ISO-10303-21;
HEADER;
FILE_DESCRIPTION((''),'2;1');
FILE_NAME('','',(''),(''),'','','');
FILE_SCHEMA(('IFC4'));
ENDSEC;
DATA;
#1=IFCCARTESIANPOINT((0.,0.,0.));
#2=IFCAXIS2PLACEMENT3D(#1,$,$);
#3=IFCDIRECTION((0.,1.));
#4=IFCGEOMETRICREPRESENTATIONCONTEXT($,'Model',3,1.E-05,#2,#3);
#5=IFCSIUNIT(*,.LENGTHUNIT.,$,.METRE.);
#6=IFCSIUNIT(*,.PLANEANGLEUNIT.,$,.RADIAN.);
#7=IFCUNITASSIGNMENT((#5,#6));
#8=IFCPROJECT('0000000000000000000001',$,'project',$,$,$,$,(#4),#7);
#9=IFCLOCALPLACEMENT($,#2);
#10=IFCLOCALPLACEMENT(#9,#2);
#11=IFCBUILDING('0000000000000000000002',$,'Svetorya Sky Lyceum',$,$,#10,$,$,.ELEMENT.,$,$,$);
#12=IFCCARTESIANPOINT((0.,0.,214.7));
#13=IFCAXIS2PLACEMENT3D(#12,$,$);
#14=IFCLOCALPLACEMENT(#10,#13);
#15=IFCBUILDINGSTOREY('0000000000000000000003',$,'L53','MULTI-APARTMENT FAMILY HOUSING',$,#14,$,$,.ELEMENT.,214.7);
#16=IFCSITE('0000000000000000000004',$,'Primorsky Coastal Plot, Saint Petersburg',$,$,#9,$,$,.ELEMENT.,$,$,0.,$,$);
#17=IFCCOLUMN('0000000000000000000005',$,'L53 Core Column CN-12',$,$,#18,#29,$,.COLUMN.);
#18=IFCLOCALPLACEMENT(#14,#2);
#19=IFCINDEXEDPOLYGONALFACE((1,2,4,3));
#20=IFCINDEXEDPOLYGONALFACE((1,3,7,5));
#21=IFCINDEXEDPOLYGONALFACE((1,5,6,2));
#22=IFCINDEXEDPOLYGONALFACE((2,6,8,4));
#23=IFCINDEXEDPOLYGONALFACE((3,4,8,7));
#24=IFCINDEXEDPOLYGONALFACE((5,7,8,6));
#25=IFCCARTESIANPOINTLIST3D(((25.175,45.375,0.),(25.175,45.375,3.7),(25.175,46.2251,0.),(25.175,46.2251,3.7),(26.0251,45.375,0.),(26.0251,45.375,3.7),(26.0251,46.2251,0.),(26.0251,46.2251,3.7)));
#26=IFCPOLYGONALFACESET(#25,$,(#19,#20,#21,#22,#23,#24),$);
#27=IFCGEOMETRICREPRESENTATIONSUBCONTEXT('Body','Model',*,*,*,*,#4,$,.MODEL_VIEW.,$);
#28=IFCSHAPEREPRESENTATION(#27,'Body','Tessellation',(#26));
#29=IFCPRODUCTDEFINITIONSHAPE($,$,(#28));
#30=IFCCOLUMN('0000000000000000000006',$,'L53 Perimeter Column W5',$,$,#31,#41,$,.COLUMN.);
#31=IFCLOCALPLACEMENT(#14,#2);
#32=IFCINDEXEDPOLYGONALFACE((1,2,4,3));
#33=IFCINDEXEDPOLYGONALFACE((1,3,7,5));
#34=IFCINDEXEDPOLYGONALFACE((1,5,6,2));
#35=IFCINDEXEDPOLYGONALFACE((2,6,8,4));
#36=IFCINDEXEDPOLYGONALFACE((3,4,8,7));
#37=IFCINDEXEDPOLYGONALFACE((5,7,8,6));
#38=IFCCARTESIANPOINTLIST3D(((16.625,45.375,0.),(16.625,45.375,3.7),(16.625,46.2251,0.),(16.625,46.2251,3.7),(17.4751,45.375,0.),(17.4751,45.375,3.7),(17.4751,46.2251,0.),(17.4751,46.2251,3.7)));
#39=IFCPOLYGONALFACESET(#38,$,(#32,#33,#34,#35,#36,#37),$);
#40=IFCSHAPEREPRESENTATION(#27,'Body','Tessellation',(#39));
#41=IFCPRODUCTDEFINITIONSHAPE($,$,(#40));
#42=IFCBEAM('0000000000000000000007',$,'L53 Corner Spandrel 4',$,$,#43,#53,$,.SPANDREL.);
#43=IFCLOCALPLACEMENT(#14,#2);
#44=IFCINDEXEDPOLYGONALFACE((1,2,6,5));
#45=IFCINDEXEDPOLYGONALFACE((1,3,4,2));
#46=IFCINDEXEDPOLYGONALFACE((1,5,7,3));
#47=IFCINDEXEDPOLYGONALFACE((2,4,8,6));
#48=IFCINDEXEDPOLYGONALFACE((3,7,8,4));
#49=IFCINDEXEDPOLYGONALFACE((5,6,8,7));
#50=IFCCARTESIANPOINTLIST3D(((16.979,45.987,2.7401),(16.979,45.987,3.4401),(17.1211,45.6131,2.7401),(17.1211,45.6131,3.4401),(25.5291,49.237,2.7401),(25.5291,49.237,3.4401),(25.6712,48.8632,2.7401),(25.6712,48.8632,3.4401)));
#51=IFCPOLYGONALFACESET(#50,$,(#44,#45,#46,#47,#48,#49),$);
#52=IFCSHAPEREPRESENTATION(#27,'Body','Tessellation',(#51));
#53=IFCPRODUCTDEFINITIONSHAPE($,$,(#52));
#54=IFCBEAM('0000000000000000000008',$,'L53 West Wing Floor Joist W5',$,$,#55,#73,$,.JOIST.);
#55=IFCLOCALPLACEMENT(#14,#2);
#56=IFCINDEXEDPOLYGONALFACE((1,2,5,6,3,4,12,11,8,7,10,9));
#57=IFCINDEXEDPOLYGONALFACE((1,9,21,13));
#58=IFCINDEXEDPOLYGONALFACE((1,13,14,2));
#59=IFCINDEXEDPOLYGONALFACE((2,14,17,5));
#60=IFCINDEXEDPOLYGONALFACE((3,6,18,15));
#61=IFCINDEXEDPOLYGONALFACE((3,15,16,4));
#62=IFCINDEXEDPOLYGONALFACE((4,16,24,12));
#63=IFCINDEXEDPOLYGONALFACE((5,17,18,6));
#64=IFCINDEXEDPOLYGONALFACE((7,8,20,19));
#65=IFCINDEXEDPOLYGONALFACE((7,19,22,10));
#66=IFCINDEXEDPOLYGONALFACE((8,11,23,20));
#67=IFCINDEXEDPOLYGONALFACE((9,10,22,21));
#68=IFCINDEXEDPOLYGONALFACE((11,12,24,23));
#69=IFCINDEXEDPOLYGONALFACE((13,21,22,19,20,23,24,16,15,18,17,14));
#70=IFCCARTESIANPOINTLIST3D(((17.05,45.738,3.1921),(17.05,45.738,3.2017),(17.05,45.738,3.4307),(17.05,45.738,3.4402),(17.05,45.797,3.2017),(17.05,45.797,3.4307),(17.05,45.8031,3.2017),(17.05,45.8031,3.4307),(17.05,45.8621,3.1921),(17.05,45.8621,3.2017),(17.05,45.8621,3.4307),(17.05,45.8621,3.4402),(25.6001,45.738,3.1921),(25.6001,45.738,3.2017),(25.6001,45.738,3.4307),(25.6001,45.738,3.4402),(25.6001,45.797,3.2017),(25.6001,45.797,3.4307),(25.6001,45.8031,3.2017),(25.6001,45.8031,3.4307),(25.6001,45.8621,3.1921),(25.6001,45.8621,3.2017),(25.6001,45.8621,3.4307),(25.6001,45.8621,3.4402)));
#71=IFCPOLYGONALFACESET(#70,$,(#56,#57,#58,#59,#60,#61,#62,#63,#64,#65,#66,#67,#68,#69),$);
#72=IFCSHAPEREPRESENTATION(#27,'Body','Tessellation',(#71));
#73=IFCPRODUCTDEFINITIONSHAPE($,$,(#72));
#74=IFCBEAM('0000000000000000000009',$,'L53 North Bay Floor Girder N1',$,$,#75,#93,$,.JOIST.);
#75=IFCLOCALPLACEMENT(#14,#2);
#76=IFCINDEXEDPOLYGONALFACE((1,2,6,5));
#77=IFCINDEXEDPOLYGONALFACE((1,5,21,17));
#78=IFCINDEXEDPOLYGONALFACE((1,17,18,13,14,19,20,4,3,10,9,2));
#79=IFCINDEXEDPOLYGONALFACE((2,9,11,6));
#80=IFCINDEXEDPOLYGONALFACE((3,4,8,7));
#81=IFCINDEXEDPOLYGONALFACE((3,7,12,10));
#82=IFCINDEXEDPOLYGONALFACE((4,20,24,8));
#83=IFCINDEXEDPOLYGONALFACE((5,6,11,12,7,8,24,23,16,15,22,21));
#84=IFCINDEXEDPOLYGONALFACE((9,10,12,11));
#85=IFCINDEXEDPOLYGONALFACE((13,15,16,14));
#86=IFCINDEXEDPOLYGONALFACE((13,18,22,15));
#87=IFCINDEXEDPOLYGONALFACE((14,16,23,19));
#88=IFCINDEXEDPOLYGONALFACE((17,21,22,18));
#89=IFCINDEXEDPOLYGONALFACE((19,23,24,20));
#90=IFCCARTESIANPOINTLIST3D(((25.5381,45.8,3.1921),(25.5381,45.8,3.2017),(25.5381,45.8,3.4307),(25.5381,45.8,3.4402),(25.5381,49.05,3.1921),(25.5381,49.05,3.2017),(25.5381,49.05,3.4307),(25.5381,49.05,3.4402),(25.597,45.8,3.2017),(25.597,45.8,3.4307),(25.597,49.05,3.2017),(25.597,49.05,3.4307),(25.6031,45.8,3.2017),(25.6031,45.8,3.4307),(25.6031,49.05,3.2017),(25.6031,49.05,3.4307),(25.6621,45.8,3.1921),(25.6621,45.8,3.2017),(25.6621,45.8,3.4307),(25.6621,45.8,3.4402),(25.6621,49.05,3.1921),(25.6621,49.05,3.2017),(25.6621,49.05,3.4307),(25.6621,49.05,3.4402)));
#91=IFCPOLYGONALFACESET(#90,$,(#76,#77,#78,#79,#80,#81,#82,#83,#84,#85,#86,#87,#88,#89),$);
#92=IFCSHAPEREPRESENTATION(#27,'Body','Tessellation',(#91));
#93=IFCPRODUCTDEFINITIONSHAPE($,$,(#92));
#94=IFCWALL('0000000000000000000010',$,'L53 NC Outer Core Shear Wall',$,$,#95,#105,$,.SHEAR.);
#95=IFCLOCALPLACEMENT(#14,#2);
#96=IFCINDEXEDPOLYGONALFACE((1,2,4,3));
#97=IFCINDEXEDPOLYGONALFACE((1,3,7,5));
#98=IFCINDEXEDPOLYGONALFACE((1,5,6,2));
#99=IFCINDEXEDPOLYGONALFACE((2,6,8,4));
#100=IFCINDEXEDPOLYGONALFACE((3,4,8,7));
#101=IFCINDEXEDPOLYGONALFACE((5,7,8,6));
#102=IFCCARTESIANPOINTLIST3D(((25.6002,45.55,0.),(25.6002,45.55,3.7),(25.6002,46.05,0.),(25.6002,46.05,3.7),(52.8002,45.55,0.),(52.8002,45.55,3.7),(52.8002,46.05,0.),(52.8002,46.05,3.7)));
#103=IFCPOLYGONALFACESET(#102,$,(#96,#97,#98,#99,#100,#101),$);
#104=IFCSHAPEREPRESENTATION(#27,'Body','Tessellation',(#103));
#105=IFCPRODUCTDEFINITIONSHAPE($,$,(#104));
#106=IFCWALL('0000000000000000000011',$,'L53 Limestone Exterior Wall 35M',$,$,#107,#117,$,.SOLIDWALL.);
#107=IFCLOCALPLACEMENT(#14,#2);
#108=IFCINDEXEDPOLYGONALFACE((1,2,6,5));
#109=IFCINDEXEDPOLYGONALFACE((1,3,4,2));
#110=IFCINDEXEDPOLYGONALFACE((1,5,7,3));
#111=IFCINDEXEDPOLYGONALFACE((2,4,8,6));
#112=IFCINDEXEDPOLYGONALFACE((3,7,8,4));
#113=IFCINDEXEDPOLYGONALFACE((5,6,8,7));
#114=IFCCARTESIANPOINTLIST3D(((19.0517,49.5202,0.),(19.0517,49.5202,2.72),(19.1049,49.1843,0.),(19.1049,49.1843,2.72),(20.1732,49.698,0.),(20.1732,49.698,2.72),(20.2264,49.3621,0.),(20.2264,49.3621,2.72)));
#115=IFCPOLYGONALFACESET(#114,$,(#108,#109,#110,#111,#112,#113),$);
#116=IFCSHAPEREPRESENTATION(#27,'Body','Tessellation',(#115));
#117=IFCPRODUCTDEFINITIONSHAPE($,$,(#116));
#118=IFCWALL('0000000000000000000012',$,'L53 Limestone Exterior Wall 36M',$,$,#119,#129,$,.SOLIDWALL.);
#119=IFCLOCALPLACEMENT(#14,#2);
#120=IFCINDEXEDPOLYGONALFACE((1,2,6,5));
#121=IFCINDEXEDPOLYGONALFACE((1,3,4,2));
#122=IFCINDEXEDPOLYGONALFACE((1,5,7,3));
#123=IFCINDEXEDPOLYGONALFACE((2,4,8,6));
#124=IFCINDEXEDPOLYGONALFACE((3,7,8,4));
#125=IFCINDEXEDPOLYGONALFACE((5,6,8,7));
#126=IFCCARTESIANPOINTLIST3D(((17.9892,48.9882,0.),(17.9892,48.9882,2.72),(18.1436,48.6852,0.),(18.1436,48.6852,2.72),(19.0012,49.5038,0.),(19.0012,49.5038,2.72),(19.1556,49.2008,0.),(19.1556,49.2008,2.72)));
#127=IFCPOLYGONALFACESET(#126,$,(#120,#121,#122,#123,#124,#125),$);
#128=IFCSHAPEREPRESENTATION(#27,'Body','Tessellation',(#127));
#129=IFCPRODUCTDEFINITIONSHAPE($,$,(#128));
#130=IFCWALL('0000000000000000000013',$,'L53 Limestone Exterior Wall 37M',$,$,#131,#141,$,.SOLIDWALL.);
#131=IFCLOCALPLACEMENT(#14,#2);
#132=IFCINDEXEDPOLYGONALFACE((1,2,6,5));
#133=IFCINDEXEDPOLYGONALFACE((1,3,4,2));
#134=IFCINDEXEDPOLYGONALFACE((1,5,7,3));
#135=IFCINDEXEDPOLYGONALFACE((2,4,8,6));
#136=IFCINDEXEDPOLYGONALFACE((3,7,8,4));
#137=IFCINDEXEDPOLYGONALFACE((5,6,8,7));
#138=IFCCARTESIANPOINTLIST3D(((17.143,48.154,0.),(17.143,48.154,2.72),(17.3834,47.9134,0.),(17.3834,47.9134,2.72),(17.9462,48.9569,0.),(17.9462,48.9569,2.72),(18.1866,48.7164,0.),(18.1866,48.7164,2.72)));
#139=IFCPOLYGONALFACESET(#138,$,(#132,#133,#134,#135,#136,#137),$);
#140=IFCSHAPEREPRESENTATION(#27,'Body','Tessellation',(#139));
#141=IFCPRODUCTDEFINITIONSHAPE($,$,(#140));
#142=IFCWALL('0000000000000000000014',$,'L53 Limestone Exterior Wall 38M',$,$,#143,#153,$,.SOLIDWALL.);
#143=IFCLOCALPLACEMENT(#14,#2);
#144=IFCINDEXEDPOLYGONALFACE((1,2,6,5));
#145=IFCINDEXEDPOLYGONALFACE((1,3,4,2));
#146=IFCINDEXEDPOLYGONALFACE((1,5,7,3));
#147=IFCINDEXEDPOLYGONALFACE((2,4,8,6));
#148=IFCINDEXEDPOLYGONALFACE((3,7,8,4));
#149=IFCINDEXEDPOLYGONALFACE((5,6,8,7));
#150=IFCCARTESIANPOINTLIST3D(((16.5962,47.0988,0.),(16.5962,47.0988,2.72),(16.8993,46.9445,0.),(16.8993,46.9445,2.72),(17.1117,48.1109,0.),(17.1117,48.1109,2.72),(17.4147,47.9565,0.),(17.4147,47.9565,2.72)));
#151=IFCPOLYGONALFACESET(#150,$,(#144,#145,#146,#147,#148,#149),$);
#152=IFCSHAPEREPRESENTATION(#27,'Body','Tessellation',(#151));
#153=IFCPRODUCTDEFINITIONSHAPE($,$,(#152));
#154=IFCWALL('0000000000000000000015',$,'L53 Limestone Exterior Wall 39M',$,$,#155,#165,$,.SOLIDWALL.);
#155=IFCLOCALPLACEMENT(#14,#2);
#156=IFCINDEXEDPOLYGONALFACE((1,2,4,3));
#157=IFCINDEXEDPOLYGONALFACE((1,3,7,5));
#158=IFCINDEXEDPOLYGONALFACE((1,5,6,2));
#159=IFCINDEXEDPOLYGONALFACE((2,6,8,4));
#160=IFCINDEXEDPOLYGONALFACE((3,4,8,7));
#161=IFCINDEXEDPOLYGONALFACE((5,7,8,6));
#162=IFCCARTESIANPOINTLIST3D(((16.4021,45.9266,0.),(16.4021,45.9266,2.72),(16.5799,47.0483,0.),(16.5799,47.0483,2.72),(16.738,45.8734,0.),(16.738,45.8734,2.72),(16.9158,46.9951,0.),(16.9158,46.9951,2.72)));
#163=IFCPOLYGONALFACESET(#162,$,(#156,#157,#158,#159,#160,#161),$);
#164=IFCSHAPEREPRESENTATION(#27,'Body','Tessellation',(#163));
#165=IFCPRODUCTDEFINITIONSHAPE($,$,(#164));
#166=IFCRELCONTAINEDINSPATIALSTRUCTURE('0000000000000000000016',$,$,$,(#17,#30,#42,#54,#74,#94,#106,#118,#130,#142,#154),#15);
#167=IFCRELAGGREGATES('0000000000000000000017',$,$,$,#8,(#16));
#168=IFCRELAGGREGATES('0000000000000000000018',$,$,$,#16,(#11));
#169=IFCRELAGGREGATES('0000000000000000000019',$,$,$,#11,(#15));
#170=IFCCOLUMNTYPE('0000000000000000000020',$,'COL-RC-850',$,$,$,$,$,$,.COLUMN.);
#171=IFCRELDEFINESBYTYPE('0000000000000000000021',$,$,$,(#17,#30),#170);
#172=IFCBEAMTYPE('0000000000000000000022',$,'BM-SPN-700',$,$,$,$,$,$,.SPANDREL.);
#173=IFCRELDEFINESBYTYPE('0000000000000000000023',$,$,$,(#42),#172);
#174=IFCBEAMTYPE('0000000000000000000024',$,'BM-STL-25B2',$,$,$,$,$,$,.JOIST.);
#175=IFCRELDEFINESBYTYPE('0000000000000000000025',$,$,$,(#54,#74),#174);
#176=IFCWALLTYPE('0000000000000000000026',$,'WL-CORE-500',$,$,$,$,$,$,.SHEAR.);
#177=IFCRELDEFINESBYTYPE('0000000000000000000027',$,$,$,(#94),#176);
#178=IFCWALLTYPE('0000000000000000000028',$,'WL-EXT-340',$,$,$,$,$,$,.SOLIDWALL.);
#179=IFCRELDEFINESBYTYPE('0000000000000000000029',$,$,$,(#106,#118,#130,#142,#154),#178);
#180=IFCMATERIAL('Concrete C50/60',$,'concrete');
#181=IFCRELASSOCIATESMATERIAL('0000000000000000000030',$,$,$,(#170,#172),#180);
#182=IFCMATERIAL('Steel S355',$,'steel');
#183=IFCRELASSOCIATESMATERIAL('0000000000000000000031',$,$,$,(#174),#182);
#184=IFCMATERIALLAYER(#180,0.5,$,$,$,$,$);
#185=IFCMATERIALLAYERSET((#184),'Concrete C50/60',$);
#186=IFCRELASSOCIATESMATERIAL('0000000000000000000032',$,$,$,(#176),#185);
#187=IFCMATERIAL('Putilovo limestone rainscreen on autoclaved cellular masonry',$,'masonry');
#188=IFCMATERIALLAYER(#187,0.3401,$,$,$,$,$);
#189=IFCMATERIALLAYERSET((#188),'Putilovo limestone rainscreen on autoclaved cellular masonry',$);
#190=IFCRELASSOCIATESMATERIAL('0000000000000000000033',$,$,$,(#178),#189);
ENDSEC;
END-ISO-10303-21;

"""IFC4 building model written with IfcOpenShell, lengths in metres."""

from ifc_helpers import new_model, si_unit, direction, frame, frame_2d, origin, origin_2d, place, context, subcontext, project, spatial, rectangle, i_section, extrude, material, layer, layer_set, material_profile, profile_set, type_object, element, save


model = new_model("IFC4")

# Units and contexts
model_context = context("Model", 3, precision=1e-05, world=origin(), true_north=direction((0.0, 1.0)))
body_context = subcontext(model_context, "Body", "Model", "MODEL_VIEW")
ifc_project = project(units=[si_unit("LENGTHUNIT", "METRE"), si_unit("PLANEANGLEUNIT", "RADIAN")], contexts=[model_context])

# Site, building, storey
site_placement = place(None, origin())
site = spatial("IfcSite", under=ifc_project, at=site_placement, Name="Primorsky Coastal Plot, Saint Petersburg", CompositionType="ELEMENT", RefElevation=0.0)
building_placement = place(site_placement, origin())
building = spatial("IfcBuilding", under=site, at=building_placement, Name="Svetorya Sky Lyceum", CompositionType="ELEMENT")
storey_placement = place(building_placement, frame((0.0, 0.0, 214.7)))
storey = spatial("IfcBuildingStorey", under=building, at=storey_placement, Name="L53", Description="MULTI-APARTMENT FAMILY HOUSING", CompositionType="ELEMENT", Elevation=214.7)

# Columns
ifc_material_1 = material(Name="Concrete C50/60", Category="concrete")
ifc_material_profile_1 = material_profile(ifc_material_1, rectangle(XDim=0.8501, YDim=0.8501, at=origin_2d()), Name="RC COL 850x850")
ifc_profile_set_1 = profile_set([ifc_material_profile_1], Name="Concrete C50/60")
column_type = type_object("IfcColumnType", Name="COL-RC-850", PredefinedType="COLUMN", material=ifc_profile_set_1)
for number, where, z_axis, x_axis, name in (
    (1, (25.6001, 45.8, 0.0), (0.0, 0.0, 1.0), (1.0, 0.0, 0.0), "L53 Core Column CN-12"),
    (2, (17.05, 45.8, 0.0), (0.0, 0.0, 1.0), (1.0, 0.0, 0.0), "L53 Perimeter Column W5"),
):
    element("IfcColumn", number, at=place(storey_placement, frame(where, z_axis=z_axis, x_axis=x_axis)), inside=storey, type_object=column_type, Name=name, PredefinedType="COLUMN", context=body_context, shape_type="SweptSolid", body=[
        extrude(rectangle(XDim=0.8501, YDim=0.8501, at=origin_2d()), origin(), (0.0, 0.0, 1.0), 3.7),
    ])

# Beams
ifc_material_profile_2 = material_profile(ifc_material_1, rectangle(XDim=0.3999, YDim=0.7, at=origin_2d()), Name="RC SPANDREL 400x700")
ifc_profile_set_2 = profile_set([ifc_material_profile_2], Name="Concrete C50/60")
beam_type_1 = type_object("IfcBeamType", Name="BM-SPN-700", PredefinedType="SPANDREL", material=ifc_profile_set_2)
beam_1_placement = place(storey_placement, frame((17.05, 45.8, 3.0901), z_axis=(0.934748, 0.355312, 0.0), x_axis=(-0.355312, 0.934748, 0.0)))
element("IfcBeam", 3, at=beam_1_placement, inside=storey, type_object=beam_type_1, Name="L53 Corner Spandrel 4", PredefinedType="SPANDREL", context=body_context, shape_type="SweptSolid", body=[
    extrude(rectangle(XDim=0.3999, YDim=0.7, at=origin_2d()), origin(), (0.0, 0.0, 1.0), 9.147),
])
ifc_material_2 = material(Name="Steel S355", Category="steel")
ifc_material_profile_3 = material_profile(ifc_material_2, i_section(OverallWidth=0.124, OverallDepth=0.248, WebThickness=0.0061, FlangeThickness=0.0095, at=origin_2d()), Name="GOST 25B2")
ifc_profile_set_3 = profile_set([ifc_material_profile_3], Name="Steel S355")
beam_type_2 = type_object("IfcBeamType", Name="BM-STL-25B2", PredefinedType="JOIST", material=ifc_profile_set_3)
beam_2_placement = place(storey_placement, frame((17.05, 45.8, 3.3162), z_axis=(1.0, 0.0, 0.0), x_axis=(0.0, 1.0, 0.0)))
element("IfcBeam", 4, at=beam_2_placement, inside=storey, type_object=beam_type_2, Name="L53 West Wing Floor Joist W5", PredefinedType="JOIST", context=body_context, shape_type="SweptSolid", body=[
    extrude(i_section(OverallWidth=0.124, OverallDepth=0.248, WebThickness=0.0061, FlangeThickness=0.0095, at=origin_2d()), origin(), (0.0, 0.0, 1.0), 8.55),
])
beam_3_placement = place(storey_placement, frame((25.6001, 45.8, 3.3162), z_axis=(0.0, 1.0, 0.0), x_axis=(-1.0, 0.0, 0.0)))
element("IfcBeam", 5, at=beam_3_placement, inside=storey, type_object=beam_type_2, Name="L53 North Bay Floor Girder N1", PredefinedType="JOIST", context=body_context, shape_type="SweptSolid", body=[
    extrude(i_section(OverallWidth=0.124, OverallDepth=0.248, WebThickness=0.0061, FlangeThickness=0.0095, at=origin_2d()), origin(), (0.0, 0.0, 1.0), 3.25),
])

# Walls
ifc_layer_1 = layer(ifc_material_1, 0.5)
ifc_layer_set_1 = layer_set([ifc_layer_1], Name="Concrete C50/60")
wall_type_1 = type_object("IfcWallType", Name="WL-CORE-500", PredefinedType="SHEAR", material=ifc_layer_set_1)
wall_1_placement = place(storey_placement, frame((25.6001, 45.8, 0.0), z_axis=(0.0, 0.0, 1.0), x_axis=(1.0, 0.0, 0.0)))
element("IfcWall", 6, at=wall_1_placement, inside=storey, type_object=wall_type_1, Name="L53 NC Outer Core Shear Wall", PredefinedType="SHEAR", context=body_context, shape_type="SweptSolid", body=[
    extrude(rectangle(XDim=27.2, YDim=0.5, at=frame_2d((13.6001, 0.0))), origin(), (0.0, 0.0, 1.0), 3.7),
])
ifc_material_3 = material(Name="Putilovo limestone rainscreen on autoclaved cellular masonry", Category="masonry")
ifc_layer_2 = layer(ifc_material_3, 0.3401)
ifc_layer_set_2 = layer_set([ifc_layer_2], Name="Putilovo limestone rainscreen on autoclaved cellular masonry")
wall_type_2 = type_object("IfcWallType", Name="WL-EXT-340", PredefinedType="SOLIDWALL", material=ifc_layer_set_2)
wall_2_placement = place(storey_placement, frame((20.2, 49.53, 0.0), z_axis=(0.0, 0.0, 1.0), x_axis=(-0.987676, -0.156515, 0.0)))
element("IfcWall", 7, at=wall_2_placement, inside=storey, type_object=wall_type_2, Name="L53 Limestone Exterior Wall 35M", PredefinedType="SOLIDWALL", context=body_context, shape_type="SweptSolid", body=[
    extrude(rectangle(XDim=1.1355, YDim=0.3401, at=frame_2d((0.5679, 0.0))), origin(), (0.0, 0.0, 1.0), 2.72),
])
for number, where, z_axis, x_axis, name in (
    (8, (19.0784, 49.3523, 0.0), (0.0, 0.0, 1.0), (-0.891005, -0.453993, 0.0), "L53 Limestone Exterior Wall 36M"),
    (9, (18.0664, 48.8367, 0.0), (0.0, 0.0, 1.0), (-0.707214, -0.706999, 0.0), "L53 Limestone Exterior Wall 37M"),
    (10, (17.2632, 48.0337, 0.0), (0.0, 0.0, 1.0), (-0.453823, -0.891092, 0.0), "L53 Limestone Exterior Wall 38M"),
    (11, (16.7478, 47.0217, 0.0), (0.0, 0.0, 1.0), (-0.156481, -0.987681, 0.0), "L53 Limestone Exterior Wall 39M"),
):
    element("IfcWall", number, at=place(storey_placement, frame(where, z_axis=z_axis, x_axis=x_axis)), inside=storey, type_object=wall_type_2, Name=name, PredefinedType="SOLIDWALL", context=body_context, shape_type="SweptSolid", body=[
        extrude(rectangle(XDim=1.1357, YDim=0.3401, at=frame_2d((0.5679, 0.0))), origin(), (0.0, 0.0, 1.0), 2.72),
    ])

save(model, "model.ifc")
